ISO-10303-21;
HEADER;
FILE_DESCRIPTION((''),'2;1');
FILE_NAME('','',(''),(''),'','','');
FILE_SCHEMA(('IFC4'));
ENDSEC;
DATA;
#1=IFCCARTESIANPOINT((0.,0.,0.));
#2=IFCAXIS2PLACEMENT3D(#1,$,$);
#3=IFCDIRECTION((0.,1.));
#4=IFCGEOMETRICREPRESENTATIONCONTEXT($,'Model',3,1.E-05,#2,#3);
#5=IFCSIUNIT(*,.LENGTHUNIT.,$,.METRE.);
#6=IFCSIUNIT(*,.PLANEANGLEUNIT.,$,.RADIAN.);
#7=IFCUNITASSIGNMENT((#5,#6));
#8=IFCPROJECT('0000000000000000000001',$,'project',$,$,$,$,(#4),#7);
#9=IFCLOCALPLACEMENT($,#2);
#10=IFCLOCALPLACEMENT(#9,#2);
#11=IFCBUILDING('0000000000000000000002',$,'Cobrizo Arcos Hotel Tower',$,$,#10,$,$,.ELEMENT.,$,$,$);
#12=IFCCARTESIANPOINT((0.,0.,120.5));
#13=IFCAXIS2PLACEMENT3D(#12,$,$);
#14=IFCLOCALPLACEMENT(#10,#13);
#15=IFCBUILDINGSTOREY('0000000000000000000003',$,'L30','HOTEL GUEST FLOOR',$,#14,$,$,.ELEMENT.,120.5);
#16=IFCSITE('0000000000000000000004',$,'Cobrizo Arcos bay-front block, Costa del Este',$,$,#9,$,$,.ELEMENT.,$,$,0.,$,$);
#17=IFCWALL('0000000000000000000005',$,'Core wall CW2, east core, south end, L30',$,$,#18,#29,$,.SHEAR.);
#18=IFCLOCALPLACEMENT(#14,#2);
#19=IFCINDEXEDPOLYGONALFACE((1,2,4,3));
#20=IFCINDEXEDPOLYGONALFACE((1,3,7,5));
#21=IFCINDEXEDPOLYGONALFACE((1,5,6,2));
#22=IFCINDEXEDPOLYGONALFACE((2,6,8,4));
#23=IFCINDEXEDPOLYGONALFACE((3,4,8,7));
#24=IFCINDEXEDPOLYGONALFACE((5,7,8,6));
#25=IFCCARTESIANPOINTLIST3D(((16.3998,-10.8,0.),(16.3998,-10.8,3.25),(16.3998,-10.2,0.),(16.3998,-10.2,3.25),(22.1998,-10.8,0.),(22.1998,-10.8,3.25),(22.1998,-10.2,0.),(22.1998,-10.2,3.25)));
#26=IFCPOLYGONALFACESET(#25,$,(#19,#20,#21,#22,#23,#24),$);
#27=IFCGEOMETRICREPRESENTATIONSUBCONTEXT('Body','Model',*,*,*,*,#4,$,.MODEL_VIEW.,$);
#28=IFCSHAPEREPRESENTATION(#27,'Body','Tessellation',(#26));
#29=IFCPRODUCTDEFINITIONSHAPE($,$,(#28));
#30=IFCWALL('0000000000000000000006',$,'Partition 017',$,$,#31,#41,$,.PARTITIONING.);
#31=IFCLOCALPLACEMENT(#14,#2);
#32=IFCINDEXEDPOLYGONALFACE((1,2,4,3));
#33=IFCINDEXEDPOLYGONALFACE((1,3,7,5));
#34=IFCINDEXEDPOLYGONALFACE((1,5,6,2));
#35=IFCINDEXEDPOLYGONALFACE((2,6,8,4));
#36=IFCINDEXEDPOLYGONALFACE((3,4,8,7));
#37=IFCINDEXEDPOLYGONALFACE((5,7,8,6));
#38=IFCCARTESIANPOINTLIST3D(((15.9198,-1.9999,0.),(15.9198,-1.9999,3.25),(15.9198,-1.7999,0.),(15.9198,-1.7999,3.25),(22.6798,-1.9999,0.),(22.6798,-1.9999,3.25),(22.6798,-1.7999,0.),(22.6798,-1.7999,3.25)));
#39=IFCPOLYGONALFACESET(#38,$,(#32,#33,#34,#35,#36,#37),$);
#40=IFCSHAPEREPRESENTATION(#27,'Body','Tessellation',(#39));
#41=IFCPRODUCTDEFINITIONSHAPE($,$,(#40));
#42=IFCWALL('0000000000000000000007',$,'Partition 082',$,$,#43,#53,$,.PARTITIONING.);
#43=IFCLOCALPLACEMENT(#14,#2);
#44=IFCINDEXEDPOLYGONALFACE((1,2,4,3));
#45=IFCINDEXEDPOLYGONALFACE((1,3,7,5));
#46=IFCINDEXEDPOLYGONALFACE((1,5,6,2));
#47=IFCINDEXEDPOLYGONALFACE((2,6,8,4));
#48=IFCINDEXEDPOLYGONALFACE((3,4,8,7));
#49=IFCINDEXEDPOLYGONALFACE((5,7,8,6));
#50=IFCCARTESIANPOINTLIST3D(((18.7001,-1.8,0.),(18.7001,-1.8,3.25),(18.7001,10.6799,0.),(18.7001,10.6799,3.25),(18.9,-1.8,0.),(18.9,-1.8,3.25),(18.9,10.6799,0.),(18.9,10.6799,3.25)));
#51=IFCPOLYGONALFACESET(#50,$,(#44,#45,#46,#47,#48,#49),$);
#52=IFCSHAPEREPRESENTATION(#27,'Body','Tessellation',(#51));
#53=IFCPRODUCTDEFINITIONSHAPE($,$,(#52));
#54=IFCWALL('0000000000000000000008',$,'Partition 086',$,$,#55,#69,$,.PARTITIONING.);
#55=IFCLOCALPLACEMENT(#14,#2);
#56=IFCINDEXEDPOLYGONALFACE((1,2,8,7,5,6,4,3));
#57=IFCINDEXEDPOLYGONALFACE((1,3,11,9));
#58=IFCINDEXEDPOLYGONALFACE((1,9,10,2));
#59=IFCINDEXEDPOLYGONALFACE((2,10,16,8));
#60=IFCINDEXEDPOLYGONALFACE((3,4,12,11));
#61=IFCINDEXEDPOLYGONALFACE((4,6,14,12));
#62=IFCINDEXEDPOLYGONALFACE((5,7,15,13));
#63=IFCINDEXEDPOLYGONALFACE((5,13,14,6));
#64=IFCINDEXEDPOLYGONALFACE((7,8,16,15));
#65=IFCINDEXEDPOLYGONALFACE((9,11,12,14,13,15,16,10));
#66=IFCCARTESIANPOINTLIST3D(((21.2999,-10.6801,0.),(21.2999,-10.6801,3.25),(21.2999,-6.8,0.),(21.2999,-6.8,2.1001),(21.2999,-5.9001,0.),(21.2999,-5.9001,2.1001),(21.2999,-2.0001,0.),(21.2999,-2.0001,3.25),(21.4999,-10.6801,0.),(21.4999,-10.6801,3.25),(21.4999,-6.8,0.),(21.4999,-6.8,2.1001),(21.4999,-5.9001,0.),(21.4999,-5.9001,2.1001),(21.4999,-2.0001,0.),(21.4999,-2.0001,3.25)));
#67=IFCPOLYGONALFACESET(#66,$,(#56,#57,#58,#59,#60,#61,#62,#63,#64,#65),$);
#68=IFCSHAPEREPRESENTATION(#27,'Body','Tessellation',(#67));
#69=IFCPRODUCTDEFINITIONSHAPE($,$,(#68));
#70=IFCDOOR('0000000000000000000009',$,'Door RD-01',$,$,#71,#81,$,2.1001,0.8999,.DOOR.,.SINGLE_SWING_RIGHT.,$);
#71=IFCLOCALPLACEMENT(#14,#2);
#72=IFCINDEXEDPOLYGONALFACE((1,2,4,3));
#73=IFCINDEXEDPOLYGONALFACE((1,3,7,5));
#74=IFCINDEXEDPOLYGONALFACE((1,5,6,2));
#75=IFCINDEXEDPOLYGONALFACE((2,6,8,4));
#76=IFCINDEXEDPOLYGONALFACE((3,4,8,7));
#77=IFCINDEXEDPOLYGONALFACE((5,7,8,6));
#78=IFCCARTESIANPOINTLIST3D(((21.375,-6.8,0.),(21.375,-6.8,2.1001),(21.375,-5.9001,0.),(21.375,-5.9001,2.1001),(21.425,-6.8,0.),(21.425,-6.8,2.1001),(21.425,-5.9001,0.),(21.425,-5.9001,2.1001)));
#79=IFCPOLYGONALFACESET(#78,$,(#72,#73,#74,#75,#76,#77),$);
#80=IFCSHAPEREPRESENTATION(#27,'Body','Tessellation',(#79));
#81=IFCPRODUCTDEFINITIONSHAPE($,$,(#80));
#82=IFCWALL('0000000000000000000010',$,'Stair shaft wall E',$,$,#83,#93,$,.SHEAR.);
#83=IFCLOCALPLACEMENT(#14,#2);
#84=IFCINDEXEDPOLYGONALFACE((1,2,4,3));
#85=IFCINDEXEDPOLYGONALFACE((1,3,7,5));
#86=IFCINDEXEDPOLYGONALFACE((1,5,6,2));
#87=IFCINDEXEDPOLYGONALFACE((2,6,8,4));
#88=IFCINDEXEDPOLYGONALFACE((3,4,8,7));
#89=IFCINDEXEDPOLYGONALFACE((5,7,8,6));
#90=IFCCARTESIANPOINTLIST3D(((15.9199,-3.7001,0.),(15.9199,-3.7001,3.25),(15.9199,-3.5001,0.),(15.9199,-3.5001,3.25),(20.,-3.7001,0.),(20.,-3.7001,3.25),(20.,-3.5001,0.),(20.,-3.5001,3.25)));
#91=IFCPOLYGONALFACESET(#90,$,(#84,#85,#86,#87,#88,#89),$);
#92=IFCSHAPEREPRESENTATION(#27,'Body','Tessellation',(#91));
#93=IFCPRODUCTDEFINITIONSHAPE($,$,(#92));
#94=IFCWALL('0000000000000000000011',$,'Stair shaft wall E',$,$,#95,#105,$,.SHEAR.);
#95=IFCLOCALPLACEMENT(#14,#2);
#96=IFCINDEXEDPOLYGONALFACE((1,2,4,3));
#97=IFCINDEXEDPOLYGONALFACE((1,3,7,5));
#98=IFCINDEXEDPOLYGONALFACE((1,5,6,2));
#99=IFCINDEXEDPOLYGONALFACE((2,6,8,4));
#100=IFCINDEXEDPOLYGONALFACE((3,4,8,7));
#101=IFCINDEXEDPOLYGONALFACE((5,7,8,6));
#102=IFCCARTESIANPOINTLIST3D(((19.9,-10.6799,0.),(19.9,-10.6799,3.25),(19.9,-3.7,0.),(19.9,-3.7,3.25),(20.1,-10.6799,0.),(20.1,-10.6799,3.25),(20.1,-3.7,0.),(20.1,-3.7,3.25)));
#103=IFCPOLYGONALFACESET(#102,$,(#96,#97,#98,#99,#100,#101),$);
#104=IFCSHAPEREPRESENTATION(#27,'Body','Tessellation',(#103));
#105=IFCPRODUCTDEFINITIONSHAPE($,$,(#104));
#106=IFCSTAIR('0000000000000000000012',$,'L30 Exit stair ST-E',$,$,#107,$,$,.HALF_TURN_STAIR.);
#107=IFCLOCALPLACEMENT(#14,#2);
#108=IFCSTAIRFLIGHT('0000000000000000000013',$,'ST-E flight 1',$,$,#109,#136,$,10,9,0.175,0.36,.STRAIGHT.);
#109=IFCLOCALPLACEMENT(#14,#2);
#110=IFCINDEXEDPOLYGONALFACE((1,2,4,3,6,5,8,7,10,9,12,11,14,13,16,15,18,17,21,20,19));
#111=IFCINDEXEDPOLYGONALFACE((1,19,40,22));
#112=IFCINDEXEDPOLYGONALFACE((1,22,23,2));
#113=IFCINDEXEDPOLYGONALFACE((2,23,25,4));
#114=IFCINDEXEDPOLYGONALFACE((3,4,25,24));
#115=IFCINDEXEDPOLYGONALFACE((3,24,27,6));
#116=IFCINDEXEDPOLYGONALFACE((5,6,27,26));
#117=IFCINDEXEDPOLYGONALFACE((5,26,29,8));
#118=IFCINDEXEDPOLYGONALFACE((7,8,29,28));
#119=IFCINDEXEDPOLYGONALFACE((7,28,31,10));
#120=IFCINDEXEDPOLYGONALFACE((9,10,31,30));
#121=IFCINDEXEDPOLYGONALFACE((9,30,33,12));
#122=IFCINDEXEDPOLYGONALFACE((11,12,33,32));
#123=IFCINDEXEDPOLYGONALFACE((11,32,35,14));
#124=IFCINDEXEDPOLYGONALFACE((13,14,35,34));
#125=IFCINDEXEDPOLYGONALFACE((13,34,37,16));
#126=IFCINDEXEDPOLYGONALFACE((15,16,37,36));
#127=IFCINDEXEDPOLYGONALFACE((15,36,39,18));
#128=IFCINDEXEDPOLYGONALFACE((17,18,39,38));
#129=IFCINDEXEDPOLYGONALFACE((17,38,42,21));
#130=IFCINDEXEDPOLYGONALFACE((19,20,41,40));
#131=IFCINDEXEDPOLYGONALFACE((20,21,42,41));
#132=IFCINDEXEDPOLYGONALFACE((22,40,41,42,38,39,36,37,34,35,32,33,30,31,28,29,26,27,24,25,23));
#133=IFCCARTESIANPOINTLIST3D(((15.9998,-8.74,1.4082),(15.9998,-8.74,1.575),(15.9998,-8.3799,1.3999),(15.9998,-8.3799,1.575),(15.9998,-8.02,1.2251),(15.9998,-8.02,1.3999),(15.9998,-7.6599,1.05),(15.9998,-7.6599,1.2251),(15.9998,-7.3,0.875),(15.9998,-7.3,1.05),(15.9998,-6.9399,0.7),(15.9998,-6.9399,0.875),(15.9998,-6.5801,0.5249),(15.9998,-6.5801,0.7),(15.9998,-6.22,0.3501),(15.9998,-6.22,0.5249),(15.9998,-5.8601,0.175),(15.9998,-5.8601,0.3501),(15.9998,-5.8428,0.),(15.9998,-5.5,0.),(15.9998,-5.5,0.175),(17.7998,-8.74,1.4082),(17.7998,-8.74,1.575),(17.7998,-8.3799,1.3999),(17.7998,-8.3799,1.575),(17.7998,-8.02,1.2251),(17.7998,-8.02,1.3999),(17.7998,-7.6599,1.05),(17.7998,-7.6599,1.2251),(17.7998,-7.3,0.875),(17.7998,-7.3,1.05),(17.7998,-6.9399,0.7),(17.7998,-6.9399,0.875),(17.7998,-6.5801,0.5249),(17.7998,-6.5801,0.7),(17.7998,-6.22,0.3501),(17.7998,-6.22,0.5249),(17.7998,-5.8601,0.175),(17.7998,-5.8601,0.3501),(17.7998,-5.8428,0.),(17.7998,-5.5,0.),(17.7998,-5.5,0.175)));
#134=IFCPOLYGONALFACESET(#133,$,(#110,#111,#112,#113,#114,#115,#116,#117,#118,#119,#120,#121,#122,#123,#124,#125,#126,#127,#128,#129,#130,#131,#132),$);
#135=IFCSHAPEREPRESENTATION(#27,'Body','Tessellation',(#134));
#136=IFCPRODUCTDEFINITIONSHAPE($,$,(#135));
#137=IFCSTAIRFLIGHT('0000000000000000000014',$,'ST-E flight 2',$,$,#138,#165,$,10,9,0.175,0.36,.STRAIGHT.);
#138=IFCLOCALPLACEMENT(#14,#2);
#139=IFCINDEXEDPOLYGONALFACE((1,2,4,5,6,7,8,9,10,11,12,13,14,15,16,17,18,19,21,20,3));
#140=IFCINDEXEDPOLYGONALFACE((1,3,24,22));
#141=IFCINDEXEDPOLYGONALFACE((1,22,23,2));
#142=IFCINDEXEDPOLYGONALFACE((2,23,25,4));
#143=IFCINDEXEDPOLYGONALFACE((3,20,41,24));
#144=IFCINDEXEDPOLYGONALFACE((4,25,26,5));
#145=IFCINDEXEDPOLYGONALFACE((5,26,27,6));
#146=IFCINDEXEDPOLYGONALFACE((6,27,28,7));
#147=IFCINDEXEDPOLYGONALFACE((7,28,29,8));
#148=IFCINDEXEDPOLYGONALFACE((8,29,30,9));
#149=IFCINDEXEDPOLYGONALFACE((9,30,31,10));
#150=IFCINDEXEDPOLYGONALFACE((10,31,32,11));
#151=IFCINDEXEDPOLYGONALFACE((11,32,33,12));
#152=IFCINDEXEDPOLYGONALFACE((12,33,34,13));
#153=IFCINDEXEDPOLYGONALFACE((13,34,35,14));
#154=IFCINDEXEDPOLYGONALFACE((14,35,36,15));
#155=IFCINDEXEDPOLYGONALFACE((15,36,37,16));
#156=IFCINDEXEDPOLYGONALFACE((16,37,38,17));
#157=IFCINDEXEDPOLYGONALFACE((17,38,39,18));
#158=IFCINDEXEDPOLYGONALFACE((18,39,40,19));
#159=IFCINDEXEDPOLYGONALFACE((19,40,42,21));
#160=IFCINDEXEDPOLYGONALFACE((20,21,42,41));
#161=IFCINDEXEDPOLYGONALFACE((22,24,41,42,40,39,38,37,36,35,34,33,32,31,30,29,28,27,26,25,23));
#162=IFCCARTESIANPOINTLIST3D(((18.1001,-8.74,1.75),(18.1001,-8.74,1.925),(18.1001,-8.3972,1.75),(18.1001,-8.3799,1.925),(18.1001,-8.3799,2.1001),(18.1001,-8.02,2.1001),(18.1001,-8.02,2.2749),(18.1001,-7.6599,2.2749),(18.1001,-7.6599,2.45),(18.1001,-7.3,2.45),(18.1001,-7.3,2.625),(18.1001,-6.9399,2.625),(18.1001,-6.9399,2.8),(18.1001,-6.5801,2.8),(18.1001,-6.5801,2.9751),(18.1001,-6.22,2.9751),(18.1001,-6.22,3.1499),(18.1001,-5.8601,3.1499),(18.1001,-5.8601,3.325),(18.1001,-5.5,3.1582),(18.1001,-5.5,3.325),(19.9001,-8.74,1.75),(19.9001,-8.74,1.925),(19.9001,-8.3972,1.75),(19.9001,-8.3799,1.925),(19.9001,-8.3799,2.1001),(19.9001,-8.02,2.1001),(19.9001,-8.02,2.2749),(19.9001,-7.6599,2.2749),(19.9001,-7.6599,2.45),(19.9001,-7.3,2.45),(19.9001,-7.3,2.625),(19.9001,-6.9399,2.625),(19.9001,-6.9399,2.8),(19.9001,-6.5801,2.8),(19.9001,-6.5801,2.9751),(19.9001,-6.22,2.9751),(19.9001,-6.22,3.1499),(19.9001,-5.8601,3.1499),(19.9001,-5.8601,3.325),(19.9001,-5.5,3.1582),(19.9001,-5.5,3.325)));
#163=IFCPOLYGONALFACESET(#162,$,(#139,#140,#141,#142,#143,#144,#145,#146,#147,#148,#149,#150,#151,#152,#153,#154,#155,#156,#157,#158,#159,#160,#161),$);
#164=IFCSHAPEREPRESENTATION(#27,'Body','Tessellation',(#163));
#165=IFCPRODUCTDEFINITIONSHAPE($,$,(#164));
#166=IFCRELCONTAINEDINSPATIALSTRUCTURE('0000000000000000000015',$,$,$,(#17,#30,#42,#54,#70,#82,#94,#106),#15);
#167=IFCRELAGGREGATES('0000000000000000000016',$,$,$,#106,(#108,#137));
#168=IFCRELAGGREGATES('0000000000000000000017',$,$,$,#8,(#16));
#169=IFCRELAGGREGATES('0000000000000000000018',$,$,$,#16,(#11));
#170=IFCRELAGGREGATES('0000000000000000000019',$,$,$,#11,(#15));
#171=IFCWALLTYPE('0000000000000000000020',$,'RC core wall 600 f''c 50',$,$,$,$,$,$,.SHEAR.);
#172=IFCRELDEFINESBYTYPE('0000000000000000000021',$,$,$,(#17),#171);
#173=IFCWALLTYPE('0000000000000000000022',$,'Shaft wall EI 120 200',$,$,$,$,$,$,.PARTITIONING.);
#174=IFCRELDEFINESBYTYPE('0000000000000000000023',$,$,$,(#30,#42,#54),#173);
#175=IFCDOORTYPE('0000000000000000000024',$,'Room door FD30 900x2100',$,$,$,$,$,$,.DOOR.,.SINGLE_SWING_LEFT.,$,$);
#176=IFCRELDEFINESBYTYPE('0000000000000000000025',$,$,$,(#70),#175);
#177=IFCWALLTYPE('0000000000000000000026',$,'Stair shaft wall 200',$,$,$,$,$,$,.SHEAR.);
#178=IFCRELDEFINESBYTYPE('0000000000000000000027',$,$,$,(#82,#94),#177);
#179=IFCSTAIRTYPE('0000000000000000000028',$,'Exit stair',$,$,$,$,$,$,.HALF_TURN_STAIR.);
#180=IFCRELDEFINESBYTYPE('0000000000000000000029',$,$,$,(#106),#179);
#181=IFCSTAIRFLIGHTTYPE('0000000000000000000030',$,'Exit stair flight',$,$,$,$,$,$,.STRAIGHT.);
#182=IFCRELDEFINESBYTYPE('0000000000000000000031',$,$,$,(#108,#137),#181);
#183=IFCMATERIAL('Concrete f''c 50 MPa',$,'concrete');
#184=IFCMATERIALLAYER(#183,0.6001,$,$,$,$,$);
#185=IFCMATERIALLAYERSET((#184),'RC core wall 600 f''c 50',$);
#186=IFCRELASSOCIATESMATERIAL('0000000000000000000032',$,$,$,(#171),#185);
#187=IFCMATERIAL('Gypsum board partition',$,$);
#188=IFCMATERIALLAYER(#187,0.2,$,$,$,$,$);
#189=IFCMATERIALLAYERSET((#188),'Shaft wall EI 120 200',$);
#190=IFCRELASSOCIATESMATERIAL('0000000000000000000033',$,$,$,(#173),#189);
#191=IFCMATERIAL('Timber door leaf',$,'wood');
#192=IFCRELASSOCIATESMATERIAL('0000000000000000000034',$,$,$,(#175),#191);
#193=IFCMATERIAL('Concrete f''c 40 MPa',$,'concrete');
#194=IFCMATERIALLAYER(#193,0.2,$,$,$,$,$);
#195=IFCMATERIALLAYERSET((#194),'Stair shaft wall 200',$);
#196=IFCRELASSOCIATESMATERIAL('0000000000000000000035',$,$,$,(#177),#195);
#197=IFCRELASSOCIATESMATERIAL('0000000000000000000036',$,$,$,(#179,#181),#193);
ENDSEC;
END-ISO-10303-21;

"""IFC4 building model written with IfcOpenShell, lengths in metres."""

from ifc_helpers import new_model, si_unit, direction, frame, frame_2d, origin, place, context, subcontext, project, spatial, polyline, rectangle, outline, extrude, material, layer, layer_set, type_object, element, fill, aggregate, save


model = new_model("IFC4")

# Units and contexts
model_context = context("Model", 3, precision=1e-05, world=origin(), true_north=direction((0.0, 1.0)))
body_context = subcontext(model_context, "Body", "Model", "MODEL_VIEW")
ifc_project = project(units=[si_unit("LENGTHUNIT", "METRE"), si_unit("PLANEANGLEUNIT", "RADIAN")], contexts=[model_context])

# Site, building, storey
site_placement = place(None, origin())
site = spatial("IfcSite", under=ifc_project, at=site_placement, Name="Cobrizo Arcos bay-front block, Costa del Este", CompositionType="ELEMENT", RefElevation=0.0)
building_placement = place(site_placement, origin())
building = spatial("IfcBuilding", under=site, at=building_placement, Name="Cobrizo Arcos Hotel Tower", CompositionType="ELEMENT")
storey_placement = place(building_placement, frame((0.0, 0.0, 120.5)))
storey = spatial("IfcBuildingStorey", under=building, at=storey_placement, Name="L30", Description="HOTEL GUEST FLOOR", CompositionType="ELEMENT", Elevation=120.5)

# Walls
ifc_material_1 = material(Name="Concrete f'c 50 MPa", Category="concrete")
ifc_layer_1 = layer(ifc_material_1, 0.6001)
ifc_layer_set_1 = layer_set([ifc_layer_1], Name="RC core wall 600 f'c 50")
wall_type_1 = type_object("IfcWallType", Name="RC core wall 600 f'c 50", PredefinedType="SHEAR", material=ifc_layer_set_1)
wall_1_placement = place(storey_placement, frame((16.3999, -10.5, 0.0), z_axis=(0.0, 0.0, 1.0), x_axis=(1.0, 0.0, 0.0)))
element("IfcWall", 1, at=wall_1_placement, inside=storey, type_object=wall_type_1, Name="Core wall CW2, east core, south end, L30", PredefinedType="SHEAR", context=body_context, shape_type="SweptSolid", body=[
    extrude(rectangle(XDim=5.8, YDim=0.6001, at=frame_2d((2.8999, 0.0))), origin(), (0.0, 0.0, 1.0), 3.25),
])
ifc_material_2 = material(Name="Gypsum board partition")
ifc_layer_2 = layer(ifc_material_2, 0.2)
ifc_layer_set_2 = layer_set([ifc_layer_2], Name="Shaft wall EI 120 200")
wall_type_2 = type_object("IfcWallType", Name="Shaft wall EI 120 200", PredefinedType="PARTITIONING", material=ifc_layer_set_2)
wall_2_placement = place(storey_placement, frame((15.9199, -1.8999, 0.0), z_axis=(0.0, 0.0, 1.0), x_axis=(1.0, 0.0, 0.0)))
element("IfcWall", 2, at=wall_2_placement, inside=storey, type_object=wall_type_2, Name="Partition 017", PredefinedType="PARTITIONING", context=body_context, shape_type="SweptSolid", body=[
    extrude(rectangle(XDim=6.76, YDim=0.2, at=frame_2d((3.3799, 0.0))), origin(), (0.0, 0.0, 1.0), 3.25),
])
wall_3_placement = place(storey_placement, frame((18.8, -1.8, 0.0), z_axis=(0.0, 0.0, 1.0), x_axis=(0.0, 1.0, 0.0)))
element("IfcWall", 3, at=wall_3_placement, inside=storey, type_object=wall_type_2, Name="Partition 082", PredefinedType="PARTITIONING", context=body_context, shape_type="SweptSolid", body=[
    extrude(rectangle(XDim=12.48, YDim=0.2, at=frame_2d((6.24, 0.0))), origin(), (0.0, 0.0, 1.0), 3.25),
])

# Wall, opening, door
wall_4_placement = place(storey_placement, frame((21.3999, -10.6799, 0.0), z_axis=(0.0, 0.0, 1.0), x_axis=(0.0, 1.0, 0.0)))
wall_4 = element("IfcWall", 4, at=wall_4_placement, inside=storey, type_object=wall_type_2, Name="Partition 086", PredefinedType="PARTITIONING", context=body_context, shape_type="SweptSolid", body=[
    extrude(rectangle(XDim=8.6799, YDim=0.2, at=frame_2d((4.3398, 0.0))), origin(), (0.0, 0.0, 1.0), 3.25),
])
opening_placement = place(wall_4_placement, frame((3.8799, 0.0, 0.0)))
opening = element("IfcOpeningElement", 5, at=opening_placement, cuts=wall_4, PredefinedType="OPENING", context=body_context, shape_type="SweptSolid", body=[
    extrude(rectangle(XDim=0.8999, YDim=2.1001, at=frame_2d((0.45, 1.05))), frame((0.0, 0.1121, 0.0), z_axis=(0.0, -1.0, 0.0), x_axis=(1.0, 0.0, 0.0)), (0.0, 0.0, 1.0), 0.2239),
])
ifc_material_3 = material(Name="Timber door leaf", Category="wood")
door_type = type_object("IfcDoorType", Name="Room door FD30 900x2100", OperationType="SINGLE_SWING_LEFT", PredefinedType="DOOR", material=ifc_material_3)
door_placement = place(opening_placement, origin())
door = element("IfcDoor", 6, at=door_placement, inside=storey, type_object=door_type, Name="Door RD-01", OperationType="SINGLE_SWING_RIGHT", OverallHeight=2.1001, OverallWidth=0.8999, PredefinedType="DOOR", context=body_context, shape_type="SweptSolid", body=[
    extrude(rectangle(XDim=0.8999, YDim=2.1001, at=frame_2d((0.45, 1.05))), frame((0.0, 0.0249, 0.0), z_axis=(0.0, -1.0, 0.0), x_axis=(1.0, 0.0, 0.0)), (0.0, 0.0, 1.0), 0.05),
])
fill(opening, door)

# Walls
ifc_material_4 = material(Name="Concrete f'c 40 MPa", Category="concrete")
ifc_layer_3 = layer(ifc_material_4, 0.2)
ifc_layer_set_3 = layer_set([ifc_layer_3], Name="Stair shaft wall 200")
wall_type_3 = type_object("IfcWallType", Name="Stair shaft wall 200", PredefinedType="SHEAR", material=ifc_layer_set_3)
wall_5_placement = place(storey_placement, frame((15.9199, -3.6001, 0.0), z_axis=(0.0, 0.0, 1.0), x_axis=(1.0, 0.0, 0.0)))
element("IfcWall", 7, at=wall_5_placement, inside=storey, type_object=wall_type_3, Name="Stair shaft wall E", PredefinedType="SHEAR", context=body_context, shape_type="SweptSolid", body=[
    extrude(rectangle(XDim=4.0801, YDim=0.2, at=frame_2d((2.04, 0.0))), origin(), (0.0, 0.0, 1.0), 3.25),
])
wall_6_placement = place(storey_placement, frame((20.0, -10.6799, 0.0), z_axis=(0.0, 0.0, 1.0), x_axis=(0.0, 1.0, 0.0)))
element("IfcWall", 8, at=wall_6_placement, inside=storey, type_object=wall_type_3, Name="Stair shaft wall E", PredefinedType="SHEAR", context=body_context, shape_type="SweptSolid", body=[
    extrude(rectangle(XDim=6.98, YDim=0.2, at=frame_2d((3.49, 0.0))), origin(), (0.0, 0.0, 1.0), 3.25),
])

# Stair, stair flights
stair_type = type_object("IfcStairType", Name="Exit stair", PredefinedType="HALF_TURN_STAIR", material=ifc_material_4)
stair_placement = place(storey_placement, origin())
stair = element("IfcStair", 9, at=stair_placement, inside=storey, type_object=stair_type, Name="L30 Exit stair ST-E", PredefinedType="HALF_TURN_STAIR")
stair_flight_type = type_object("IfcStairFlightType", Name="Exit stair flight", PredefinedType="STRAIGHT", material=ifc_material_4)
stair_flight_1_placement = place(storey_placement, frame((16.8999, -5.5, 0.0), z_axis=(0.0, 0.0, 1.0), x_axis=(0.0, -1.0, 0.0)))
stair_flight_1 = element("IfcStairFlight", 10, at=stair_flight_1_placement, type_object=stair_flight_type, Name="ST-E flight 1", NumberOfRisers=10, NumberOfTreads=9, PredefinedType="STRAIGHT", RiserHeight=0.175, TreadLength=0.36, context=body_context, shape_type="SweptSolid", body=[
    extrude(outline(polyline([(0.0, 0.0), (0.0, 0.175), (0.3601, 0.175), (0.3601, 0.3501), (0.72, 0.3501), (0.72, 0.5249), (1.0801, 0.5249), (1.0801, 0.7), (1.4399, 0.7), (1.4399, 0.875), (1.8, 0.875), (1.8, 1.05), (2.1599, 1.05), (2.1599, 1.2251), (2.52, 1.2251), (2.52, 1.3999), (2.8799, 1.3999), (2.8799, 1.575), (3.24, 1.575), (3.24, 1.75), (3.24, 1.4082), (0.3428, 0.0), (0.0, 0.0)])), frame((0.0, 0.8999, 0.0), z_axis=(0.0, -1.0, 0.0), x_axis=(1.0, 0.0, 0.0)), (0.0, 0.0, 1.0), 1.8),
])
stair_flight_2_placement = place(storey_placement, frame((19.0, -8.74, 1.75), z_axis=(0.0, 0.0, 1.0), x_axis=(0.0, 1.0, 0.0)))
stair_flight_2 = element("IfcStairFlight", 11, at=stair_flight_2_placement, type_object=stair_flight_type, Name="ST-E flight 2", NumberOfRisers=10, NumberOfTreads=9, PredefinedType="STRAIGHT", RiserHeight=0.175, TreadLength=0.36, context=body_context, shape_type="SweptSolid", body=[
    extrude(outline(polyline([(0.0, 0.0), (0.0, 0.175), (0.3601, 0.175), (0.3601, 0.3501), (0.72, 0.3501), (0.72, 0.5249), (1.0801, 0.5249), (1.0801, 0.7), (1.4399, 0.7), (1.4399, 0.875), (1.8, 0.875), (1.8, 1.05), (2.1599, 1.05), (2.1599, 1.2251), (2.52, 1.2251), (2.52, 1.3999), (2.8799, 1.3999), (2.8799, 1.575), (3.24, 1.575), (3.24, 1.75), (3.24, 1.4082), (0.3428, 0.0), (0.0, 0.0)])), frame((0.0, 0.8999, 0.0), z_axis=(0.0, -1.0, 0.0), x_axis=(1.0, 0.0, 0.0)), (0.0, 0.0, 1.0), 1.8),
])
aggregate(stair, [stair_flight_1, stair_flight_2])

save(model, "model.ifc")
